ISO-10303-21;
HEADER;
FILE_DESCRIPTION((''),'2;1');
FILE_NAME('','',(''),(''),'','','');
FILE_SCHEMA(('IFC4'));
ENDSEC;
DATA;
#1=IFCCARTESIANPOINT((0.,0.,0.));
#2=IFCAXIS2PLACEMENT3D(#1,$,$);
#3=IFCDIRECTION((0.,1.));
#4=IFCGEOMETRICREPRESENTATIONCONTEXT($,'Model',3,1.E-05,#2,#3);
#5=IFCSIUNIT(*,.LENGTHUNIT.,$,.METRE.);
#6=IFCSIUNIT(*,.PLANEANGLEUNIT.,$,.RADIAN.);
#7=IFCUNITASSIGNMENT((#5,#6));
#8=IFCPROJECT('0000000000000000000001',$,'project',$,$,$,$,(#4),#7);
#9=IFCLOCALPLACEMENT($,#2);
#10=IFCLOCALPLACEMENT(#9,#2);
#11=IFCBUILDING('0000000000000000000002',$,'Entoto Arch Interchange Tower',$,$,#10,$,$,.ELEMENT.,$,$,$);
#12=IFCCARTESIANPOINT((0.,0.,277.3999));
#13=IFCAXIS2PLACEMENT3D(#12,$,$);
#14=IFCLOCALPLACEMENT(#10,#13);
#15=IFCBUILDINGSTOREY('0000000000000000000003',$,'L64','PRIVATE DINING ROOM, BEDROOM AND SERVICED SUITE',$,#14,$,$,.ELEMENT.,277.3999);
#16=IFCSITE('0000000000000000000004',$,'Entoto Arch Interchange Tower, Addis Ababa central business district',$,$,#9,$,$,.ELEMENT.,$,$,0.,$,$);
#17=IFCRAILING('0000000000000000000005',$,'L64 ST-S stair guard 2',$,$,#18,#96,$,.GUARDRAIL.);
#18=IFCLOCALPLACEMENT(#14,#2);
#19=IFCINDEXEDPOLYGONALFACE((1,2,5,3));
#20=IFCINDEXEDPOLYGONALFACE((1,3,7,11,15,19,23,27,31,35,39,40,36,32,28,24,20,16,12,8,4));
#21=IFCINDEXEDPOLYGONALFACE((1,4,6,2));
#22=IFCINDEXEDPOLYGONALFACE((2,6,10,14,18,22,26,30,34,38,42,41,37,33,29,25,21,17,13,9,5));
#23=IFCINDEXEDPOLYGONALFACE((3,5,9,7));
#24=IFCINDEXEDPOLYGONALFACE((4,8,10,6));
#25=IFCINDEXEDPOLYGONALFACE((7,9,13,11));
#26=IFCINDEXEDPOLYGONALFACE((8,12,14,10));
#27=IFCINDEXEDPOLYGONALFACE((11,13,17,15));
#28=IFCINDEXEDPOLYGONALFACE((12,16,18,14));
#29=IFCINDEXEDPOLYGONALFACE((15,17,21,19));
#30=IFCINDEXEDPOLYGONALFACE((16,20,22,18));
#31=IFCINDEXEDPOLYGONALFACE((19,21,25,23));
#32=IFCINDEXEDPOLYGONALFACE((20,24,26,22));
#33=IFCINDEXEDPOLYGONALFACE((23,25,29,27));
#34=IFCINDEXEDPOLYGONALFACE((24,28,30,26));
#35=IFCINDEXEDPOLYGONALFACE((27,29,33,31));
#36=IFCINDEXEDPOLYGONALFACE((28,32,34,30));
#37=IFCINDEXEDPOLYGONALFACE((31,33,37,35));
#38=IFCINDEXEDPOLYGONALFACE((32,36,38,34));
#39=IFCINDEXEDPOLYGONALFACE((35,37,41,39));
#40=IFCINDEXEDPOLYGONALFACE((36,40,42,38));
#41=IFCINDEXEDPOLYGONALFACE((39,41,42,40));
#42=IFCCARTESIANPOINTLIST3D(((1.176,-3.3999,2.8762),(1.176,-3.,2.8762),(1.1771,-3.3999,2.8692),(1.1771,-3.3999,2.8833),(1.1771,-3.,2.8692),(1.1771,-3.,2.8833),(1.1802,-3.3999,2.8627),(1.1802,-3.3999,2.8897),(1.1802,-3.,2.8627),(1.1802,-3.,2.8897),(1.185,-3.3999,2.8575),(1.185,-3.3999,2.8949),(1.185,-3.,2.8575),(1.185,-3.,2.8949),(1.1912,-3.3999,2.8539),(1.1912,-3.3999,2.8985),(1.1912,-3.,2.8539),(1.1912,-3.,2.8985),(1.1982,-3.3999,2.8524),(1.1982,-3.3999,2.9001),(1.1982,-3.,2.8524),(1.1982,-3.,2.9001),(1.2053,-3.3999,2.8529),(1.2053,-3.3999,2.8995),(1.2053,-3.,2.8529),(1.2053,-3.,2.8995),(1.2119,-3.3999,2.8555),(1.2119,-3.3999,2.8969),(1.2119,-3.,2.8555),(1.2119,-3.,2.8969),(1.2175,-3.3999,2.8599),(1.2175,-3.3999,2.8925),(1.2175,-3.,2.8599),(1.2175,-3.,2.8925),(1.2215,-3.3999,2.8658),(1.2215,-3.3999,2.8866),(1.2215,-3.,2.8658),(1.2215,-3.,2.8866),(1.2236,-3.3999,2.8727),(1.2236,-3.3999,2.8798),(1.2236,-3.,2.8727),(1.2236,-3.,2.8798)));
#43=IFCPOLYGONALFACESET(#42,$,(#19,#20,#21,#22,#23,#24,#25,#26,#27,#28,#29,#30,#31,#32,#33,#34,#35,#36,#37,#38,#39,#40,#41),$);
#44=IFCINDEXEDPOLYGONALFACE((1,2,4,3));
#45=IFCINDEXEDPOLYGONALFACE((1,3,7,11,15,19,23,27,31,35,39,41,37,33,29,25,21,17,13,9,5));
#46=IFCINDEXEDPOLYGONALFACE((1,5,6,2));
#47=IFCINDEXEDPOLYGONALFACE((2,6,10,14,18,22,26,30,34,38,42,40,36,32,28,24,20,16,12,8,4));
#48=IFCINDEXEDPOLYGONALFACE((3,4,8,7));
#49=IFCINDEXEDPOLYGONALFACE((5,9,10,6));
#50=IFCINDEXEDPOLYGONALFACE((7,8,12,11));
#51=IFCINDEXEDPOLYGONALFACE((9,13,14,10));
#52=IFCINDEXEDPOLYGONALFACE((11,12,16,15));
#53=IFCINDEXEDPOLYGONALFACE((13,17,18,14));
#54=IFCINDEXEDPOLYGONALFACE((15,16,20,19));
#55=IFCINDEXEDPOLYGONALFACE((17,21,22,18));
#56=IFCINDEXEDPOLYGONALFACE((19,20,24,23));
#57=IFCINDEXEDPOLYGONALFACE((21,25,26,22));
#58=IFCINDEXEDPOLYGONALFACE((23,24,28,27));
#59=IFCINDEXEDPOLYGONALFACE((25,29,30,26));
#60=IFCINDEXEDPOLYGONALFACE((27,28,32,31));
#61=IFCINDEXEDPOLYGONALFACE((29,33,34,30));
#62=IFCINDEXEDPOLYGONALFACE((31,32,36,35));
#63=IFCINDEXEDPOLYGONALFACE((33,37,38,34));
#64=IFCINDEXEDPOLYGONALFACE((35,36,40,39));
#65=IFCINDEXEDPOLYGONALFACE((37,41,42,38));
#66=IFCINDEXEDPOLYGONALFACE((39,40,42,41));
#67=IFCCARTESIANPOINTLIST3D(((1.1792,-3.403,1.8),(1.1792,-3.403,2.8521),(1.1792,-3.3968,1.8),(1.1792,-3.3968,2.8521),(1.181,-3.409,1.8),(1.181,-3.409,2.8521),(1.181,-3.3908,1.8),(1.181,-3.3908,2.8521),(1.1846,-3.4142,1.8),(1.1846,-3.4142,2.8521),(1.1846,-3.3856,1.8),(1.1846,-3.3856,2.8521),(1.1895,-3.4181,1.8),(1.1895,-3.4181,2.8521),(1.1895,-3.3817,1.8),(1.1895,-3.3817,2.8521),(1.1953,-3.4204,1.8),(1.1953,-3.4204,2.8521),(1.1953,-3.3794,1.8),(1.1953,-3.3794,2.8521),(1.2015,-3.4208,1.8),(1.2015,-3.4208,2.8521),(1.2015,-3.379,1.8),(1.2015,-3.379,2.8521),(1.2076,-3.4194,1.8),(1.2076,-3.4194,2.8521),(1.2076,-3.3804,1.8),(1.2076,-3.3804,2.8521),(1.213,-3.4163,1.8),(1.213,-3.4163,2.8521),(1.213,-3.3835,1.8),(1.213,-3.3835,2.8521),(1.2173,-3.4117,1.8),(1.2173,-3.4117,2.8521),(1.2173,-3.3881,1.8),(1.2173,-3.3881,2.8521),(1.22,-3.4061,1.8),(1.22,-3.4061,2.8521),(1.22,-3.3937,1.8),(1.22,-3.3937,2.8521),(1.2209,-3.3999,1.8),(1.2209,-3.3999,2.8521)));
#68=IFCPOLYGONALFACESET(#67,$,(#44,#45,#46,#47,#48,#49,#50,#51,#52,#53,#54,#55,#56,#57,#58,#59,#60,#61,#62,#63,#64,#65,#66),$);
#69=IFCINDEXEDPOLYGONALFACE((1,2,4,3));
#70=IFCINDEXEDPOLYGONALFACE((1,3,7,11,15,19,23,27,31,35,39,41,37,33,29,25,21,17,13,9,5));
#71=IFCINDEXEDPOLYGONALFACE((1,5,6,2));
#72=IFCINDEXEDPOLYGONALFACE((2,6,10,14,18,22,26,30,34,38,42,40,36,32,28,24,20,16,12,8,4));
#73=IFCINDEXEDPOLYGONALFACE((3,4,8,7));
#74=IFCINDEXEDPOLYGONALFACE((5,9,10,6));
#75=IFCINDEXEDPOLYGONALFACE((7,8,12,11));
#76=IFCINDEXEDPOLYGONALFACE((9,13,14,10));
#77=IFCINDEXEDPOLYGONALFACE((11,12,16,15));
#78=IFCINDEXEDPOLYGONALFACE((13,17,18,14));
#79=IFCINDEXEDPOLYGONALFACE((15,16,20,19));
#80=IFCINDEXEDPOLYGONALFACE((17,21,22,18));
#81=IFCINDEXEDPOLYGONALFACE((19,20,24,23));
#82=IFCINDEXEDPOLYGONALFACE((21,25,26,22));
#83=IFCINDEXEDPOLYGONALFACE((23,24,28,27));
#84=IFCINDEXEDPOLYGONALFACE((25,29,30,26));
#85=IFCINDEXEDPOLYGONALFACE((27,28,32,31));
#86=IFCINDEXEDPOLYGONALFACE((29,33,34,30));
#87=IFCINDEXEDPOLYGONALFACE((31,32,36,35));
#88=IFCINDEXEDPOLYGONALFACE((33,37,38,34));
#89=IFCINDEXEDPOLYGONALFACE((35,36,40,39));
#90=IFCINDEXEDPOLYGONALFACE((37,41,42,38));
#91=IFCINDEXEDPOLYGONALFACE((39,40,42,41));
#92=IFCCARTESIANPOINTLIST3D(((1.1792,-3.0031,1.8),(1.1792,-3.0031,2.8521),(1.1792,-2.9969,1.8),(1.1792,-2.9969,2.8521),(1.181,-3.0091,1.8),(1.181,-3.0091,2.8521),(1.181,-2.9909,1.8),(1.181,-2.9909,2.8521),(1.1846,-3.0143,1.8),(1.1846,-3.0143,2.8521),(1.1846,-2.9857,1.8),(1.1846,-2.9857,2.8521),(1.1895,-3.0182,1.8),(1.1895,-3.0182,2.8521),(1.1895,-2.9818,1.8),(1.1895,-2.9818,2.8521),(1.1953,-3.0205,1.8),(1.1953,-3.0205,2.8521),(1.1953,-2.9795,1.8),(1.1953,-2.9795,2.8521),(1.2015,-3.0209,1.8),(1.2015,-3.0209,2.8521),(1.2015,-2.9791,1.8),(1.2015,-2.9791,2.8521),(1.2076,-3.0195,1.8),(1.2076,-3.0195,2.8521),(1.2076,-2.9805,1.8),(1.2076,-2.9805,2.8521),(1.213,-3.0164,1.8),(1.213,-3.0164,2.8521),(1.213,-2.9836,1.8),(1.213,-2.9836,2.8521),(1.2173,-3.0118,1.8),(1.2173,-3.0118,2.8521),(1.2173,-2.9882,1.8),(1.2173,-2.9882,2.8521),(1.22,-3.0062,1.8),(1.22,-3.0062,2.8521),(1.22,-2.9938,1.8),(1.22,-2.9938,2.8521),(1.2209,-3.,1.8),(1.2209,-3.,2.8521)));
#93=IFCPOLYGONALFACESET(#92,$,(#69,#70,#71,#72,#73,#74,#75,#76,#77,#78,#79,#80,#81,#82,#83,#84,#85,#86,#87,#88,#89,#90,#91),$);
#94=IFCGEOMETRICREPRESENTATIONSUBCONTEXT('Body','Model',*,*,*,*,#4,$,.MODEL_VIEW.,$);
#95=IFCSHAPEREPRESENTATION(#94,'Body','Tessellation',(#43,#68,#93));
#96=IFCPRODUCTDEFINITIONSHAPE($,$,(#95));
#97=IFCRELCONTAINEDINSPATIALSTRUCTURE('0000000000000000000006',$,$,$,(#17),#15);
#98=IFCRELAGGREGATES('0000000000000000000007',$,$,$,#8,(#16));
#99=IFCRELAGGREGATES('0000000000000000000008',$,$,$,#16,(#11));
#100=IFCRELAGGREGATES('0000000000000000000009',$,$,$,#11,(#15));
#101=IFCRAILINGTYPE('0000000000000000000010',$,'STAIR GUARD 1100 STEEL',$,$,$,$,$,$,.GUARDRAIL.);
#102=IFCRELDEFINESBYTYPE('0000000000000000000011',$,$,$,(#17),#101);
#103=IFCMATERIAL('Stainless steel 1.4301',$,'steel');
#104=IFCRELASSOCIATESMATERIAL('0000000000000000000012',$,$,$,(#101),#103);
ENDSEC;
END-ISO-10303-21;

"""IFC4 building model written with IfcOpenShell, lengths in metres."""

from ifc_helpers import new_model, si_unit, direction, frame, origin, origin_2d, place, context, subcontext, project, spatial, circle, extrude, material, type_object, element, save


model = new_model("IFC4")

# Units and contexts
model_context = context("Model", 3, precision=1e-05, world=origin(), true_north=direction((0.0, 1.0)))
body_context = subcontext(model_context, "Body", "Model", "MODEL_VIEW")
ifc_project = project(units=[si_unit("LENGTHUNIT", "METRE"), si_unit("PLANEANGLEUNIT", "RADIAN")], contexts=[model_context])

# Site, building, storey
site_placement = place(None, origin())
site = spatial("IfcSite", under=ifc_project, at=site_placement, Name="Entoto Arch Interchange Tower, Addis Ababa central business district", CompositionType="ELEMENT", RefElevation=0.0)
building_placement = place(site_placement, origin())
building = spatial("IfcBuilding", under=site, at=building_placement, Name="Entoto Arch Interchange Tower", CompositionType="ELEMENT")
storey_placement = place(building_placement, frame((0.0, 0.0, 277.3999)))
storey = spatial("IfcBuildingStorey", under=building, at=storey_placement, Name="L64", Description="PRIVATE DINING ROOM, BEDROOM AND SERVICED SUITE", CompositionType="ELEMENT", Elevation=277.3999)

# Railing
ifc_material_1 = material(Name="Stainless steel 1.4301", Category="steel")
railing_type_1 = type_object("IfcRailingType", Name="STAIR GUARD 1100 STEEL", PredefinedType="GUARDRAIL", material=ifc_material_1)
railing_1_placement = place(storey_placement, frame((1.2, -3.3999, 1.8)))
element("IfcRailing", 1, at=railing_1_placement, inside=storey, type_object=railing_type_1, Name="L64 ST-S stair guard 2", PredefinedType="GUARDRAIL", context=body_context, shape_type="SweptSolid", body=[
    extrude(circle(Radius=0.0239, at=origin_2d()), frame((0.0, 0.0, 1.0762), z_axis=(0.0, 1.0, 0.0), x_axis=(-1.0, 0.0, 0.0)), (0.0, 0.0, 1.0), 0.3999),
    extrude(circle(Radius=0.021, at=origin_2d()), origin(), (0.0, 0.0, 1.0), 1.052),
    extrude(circle(Radius=0.021, at=origin_2d()), frame((0.0, 0.3999, 0.0)), (0.0, 0.0, 1.0), 1.052),
])

save(model, "model.ifc")
